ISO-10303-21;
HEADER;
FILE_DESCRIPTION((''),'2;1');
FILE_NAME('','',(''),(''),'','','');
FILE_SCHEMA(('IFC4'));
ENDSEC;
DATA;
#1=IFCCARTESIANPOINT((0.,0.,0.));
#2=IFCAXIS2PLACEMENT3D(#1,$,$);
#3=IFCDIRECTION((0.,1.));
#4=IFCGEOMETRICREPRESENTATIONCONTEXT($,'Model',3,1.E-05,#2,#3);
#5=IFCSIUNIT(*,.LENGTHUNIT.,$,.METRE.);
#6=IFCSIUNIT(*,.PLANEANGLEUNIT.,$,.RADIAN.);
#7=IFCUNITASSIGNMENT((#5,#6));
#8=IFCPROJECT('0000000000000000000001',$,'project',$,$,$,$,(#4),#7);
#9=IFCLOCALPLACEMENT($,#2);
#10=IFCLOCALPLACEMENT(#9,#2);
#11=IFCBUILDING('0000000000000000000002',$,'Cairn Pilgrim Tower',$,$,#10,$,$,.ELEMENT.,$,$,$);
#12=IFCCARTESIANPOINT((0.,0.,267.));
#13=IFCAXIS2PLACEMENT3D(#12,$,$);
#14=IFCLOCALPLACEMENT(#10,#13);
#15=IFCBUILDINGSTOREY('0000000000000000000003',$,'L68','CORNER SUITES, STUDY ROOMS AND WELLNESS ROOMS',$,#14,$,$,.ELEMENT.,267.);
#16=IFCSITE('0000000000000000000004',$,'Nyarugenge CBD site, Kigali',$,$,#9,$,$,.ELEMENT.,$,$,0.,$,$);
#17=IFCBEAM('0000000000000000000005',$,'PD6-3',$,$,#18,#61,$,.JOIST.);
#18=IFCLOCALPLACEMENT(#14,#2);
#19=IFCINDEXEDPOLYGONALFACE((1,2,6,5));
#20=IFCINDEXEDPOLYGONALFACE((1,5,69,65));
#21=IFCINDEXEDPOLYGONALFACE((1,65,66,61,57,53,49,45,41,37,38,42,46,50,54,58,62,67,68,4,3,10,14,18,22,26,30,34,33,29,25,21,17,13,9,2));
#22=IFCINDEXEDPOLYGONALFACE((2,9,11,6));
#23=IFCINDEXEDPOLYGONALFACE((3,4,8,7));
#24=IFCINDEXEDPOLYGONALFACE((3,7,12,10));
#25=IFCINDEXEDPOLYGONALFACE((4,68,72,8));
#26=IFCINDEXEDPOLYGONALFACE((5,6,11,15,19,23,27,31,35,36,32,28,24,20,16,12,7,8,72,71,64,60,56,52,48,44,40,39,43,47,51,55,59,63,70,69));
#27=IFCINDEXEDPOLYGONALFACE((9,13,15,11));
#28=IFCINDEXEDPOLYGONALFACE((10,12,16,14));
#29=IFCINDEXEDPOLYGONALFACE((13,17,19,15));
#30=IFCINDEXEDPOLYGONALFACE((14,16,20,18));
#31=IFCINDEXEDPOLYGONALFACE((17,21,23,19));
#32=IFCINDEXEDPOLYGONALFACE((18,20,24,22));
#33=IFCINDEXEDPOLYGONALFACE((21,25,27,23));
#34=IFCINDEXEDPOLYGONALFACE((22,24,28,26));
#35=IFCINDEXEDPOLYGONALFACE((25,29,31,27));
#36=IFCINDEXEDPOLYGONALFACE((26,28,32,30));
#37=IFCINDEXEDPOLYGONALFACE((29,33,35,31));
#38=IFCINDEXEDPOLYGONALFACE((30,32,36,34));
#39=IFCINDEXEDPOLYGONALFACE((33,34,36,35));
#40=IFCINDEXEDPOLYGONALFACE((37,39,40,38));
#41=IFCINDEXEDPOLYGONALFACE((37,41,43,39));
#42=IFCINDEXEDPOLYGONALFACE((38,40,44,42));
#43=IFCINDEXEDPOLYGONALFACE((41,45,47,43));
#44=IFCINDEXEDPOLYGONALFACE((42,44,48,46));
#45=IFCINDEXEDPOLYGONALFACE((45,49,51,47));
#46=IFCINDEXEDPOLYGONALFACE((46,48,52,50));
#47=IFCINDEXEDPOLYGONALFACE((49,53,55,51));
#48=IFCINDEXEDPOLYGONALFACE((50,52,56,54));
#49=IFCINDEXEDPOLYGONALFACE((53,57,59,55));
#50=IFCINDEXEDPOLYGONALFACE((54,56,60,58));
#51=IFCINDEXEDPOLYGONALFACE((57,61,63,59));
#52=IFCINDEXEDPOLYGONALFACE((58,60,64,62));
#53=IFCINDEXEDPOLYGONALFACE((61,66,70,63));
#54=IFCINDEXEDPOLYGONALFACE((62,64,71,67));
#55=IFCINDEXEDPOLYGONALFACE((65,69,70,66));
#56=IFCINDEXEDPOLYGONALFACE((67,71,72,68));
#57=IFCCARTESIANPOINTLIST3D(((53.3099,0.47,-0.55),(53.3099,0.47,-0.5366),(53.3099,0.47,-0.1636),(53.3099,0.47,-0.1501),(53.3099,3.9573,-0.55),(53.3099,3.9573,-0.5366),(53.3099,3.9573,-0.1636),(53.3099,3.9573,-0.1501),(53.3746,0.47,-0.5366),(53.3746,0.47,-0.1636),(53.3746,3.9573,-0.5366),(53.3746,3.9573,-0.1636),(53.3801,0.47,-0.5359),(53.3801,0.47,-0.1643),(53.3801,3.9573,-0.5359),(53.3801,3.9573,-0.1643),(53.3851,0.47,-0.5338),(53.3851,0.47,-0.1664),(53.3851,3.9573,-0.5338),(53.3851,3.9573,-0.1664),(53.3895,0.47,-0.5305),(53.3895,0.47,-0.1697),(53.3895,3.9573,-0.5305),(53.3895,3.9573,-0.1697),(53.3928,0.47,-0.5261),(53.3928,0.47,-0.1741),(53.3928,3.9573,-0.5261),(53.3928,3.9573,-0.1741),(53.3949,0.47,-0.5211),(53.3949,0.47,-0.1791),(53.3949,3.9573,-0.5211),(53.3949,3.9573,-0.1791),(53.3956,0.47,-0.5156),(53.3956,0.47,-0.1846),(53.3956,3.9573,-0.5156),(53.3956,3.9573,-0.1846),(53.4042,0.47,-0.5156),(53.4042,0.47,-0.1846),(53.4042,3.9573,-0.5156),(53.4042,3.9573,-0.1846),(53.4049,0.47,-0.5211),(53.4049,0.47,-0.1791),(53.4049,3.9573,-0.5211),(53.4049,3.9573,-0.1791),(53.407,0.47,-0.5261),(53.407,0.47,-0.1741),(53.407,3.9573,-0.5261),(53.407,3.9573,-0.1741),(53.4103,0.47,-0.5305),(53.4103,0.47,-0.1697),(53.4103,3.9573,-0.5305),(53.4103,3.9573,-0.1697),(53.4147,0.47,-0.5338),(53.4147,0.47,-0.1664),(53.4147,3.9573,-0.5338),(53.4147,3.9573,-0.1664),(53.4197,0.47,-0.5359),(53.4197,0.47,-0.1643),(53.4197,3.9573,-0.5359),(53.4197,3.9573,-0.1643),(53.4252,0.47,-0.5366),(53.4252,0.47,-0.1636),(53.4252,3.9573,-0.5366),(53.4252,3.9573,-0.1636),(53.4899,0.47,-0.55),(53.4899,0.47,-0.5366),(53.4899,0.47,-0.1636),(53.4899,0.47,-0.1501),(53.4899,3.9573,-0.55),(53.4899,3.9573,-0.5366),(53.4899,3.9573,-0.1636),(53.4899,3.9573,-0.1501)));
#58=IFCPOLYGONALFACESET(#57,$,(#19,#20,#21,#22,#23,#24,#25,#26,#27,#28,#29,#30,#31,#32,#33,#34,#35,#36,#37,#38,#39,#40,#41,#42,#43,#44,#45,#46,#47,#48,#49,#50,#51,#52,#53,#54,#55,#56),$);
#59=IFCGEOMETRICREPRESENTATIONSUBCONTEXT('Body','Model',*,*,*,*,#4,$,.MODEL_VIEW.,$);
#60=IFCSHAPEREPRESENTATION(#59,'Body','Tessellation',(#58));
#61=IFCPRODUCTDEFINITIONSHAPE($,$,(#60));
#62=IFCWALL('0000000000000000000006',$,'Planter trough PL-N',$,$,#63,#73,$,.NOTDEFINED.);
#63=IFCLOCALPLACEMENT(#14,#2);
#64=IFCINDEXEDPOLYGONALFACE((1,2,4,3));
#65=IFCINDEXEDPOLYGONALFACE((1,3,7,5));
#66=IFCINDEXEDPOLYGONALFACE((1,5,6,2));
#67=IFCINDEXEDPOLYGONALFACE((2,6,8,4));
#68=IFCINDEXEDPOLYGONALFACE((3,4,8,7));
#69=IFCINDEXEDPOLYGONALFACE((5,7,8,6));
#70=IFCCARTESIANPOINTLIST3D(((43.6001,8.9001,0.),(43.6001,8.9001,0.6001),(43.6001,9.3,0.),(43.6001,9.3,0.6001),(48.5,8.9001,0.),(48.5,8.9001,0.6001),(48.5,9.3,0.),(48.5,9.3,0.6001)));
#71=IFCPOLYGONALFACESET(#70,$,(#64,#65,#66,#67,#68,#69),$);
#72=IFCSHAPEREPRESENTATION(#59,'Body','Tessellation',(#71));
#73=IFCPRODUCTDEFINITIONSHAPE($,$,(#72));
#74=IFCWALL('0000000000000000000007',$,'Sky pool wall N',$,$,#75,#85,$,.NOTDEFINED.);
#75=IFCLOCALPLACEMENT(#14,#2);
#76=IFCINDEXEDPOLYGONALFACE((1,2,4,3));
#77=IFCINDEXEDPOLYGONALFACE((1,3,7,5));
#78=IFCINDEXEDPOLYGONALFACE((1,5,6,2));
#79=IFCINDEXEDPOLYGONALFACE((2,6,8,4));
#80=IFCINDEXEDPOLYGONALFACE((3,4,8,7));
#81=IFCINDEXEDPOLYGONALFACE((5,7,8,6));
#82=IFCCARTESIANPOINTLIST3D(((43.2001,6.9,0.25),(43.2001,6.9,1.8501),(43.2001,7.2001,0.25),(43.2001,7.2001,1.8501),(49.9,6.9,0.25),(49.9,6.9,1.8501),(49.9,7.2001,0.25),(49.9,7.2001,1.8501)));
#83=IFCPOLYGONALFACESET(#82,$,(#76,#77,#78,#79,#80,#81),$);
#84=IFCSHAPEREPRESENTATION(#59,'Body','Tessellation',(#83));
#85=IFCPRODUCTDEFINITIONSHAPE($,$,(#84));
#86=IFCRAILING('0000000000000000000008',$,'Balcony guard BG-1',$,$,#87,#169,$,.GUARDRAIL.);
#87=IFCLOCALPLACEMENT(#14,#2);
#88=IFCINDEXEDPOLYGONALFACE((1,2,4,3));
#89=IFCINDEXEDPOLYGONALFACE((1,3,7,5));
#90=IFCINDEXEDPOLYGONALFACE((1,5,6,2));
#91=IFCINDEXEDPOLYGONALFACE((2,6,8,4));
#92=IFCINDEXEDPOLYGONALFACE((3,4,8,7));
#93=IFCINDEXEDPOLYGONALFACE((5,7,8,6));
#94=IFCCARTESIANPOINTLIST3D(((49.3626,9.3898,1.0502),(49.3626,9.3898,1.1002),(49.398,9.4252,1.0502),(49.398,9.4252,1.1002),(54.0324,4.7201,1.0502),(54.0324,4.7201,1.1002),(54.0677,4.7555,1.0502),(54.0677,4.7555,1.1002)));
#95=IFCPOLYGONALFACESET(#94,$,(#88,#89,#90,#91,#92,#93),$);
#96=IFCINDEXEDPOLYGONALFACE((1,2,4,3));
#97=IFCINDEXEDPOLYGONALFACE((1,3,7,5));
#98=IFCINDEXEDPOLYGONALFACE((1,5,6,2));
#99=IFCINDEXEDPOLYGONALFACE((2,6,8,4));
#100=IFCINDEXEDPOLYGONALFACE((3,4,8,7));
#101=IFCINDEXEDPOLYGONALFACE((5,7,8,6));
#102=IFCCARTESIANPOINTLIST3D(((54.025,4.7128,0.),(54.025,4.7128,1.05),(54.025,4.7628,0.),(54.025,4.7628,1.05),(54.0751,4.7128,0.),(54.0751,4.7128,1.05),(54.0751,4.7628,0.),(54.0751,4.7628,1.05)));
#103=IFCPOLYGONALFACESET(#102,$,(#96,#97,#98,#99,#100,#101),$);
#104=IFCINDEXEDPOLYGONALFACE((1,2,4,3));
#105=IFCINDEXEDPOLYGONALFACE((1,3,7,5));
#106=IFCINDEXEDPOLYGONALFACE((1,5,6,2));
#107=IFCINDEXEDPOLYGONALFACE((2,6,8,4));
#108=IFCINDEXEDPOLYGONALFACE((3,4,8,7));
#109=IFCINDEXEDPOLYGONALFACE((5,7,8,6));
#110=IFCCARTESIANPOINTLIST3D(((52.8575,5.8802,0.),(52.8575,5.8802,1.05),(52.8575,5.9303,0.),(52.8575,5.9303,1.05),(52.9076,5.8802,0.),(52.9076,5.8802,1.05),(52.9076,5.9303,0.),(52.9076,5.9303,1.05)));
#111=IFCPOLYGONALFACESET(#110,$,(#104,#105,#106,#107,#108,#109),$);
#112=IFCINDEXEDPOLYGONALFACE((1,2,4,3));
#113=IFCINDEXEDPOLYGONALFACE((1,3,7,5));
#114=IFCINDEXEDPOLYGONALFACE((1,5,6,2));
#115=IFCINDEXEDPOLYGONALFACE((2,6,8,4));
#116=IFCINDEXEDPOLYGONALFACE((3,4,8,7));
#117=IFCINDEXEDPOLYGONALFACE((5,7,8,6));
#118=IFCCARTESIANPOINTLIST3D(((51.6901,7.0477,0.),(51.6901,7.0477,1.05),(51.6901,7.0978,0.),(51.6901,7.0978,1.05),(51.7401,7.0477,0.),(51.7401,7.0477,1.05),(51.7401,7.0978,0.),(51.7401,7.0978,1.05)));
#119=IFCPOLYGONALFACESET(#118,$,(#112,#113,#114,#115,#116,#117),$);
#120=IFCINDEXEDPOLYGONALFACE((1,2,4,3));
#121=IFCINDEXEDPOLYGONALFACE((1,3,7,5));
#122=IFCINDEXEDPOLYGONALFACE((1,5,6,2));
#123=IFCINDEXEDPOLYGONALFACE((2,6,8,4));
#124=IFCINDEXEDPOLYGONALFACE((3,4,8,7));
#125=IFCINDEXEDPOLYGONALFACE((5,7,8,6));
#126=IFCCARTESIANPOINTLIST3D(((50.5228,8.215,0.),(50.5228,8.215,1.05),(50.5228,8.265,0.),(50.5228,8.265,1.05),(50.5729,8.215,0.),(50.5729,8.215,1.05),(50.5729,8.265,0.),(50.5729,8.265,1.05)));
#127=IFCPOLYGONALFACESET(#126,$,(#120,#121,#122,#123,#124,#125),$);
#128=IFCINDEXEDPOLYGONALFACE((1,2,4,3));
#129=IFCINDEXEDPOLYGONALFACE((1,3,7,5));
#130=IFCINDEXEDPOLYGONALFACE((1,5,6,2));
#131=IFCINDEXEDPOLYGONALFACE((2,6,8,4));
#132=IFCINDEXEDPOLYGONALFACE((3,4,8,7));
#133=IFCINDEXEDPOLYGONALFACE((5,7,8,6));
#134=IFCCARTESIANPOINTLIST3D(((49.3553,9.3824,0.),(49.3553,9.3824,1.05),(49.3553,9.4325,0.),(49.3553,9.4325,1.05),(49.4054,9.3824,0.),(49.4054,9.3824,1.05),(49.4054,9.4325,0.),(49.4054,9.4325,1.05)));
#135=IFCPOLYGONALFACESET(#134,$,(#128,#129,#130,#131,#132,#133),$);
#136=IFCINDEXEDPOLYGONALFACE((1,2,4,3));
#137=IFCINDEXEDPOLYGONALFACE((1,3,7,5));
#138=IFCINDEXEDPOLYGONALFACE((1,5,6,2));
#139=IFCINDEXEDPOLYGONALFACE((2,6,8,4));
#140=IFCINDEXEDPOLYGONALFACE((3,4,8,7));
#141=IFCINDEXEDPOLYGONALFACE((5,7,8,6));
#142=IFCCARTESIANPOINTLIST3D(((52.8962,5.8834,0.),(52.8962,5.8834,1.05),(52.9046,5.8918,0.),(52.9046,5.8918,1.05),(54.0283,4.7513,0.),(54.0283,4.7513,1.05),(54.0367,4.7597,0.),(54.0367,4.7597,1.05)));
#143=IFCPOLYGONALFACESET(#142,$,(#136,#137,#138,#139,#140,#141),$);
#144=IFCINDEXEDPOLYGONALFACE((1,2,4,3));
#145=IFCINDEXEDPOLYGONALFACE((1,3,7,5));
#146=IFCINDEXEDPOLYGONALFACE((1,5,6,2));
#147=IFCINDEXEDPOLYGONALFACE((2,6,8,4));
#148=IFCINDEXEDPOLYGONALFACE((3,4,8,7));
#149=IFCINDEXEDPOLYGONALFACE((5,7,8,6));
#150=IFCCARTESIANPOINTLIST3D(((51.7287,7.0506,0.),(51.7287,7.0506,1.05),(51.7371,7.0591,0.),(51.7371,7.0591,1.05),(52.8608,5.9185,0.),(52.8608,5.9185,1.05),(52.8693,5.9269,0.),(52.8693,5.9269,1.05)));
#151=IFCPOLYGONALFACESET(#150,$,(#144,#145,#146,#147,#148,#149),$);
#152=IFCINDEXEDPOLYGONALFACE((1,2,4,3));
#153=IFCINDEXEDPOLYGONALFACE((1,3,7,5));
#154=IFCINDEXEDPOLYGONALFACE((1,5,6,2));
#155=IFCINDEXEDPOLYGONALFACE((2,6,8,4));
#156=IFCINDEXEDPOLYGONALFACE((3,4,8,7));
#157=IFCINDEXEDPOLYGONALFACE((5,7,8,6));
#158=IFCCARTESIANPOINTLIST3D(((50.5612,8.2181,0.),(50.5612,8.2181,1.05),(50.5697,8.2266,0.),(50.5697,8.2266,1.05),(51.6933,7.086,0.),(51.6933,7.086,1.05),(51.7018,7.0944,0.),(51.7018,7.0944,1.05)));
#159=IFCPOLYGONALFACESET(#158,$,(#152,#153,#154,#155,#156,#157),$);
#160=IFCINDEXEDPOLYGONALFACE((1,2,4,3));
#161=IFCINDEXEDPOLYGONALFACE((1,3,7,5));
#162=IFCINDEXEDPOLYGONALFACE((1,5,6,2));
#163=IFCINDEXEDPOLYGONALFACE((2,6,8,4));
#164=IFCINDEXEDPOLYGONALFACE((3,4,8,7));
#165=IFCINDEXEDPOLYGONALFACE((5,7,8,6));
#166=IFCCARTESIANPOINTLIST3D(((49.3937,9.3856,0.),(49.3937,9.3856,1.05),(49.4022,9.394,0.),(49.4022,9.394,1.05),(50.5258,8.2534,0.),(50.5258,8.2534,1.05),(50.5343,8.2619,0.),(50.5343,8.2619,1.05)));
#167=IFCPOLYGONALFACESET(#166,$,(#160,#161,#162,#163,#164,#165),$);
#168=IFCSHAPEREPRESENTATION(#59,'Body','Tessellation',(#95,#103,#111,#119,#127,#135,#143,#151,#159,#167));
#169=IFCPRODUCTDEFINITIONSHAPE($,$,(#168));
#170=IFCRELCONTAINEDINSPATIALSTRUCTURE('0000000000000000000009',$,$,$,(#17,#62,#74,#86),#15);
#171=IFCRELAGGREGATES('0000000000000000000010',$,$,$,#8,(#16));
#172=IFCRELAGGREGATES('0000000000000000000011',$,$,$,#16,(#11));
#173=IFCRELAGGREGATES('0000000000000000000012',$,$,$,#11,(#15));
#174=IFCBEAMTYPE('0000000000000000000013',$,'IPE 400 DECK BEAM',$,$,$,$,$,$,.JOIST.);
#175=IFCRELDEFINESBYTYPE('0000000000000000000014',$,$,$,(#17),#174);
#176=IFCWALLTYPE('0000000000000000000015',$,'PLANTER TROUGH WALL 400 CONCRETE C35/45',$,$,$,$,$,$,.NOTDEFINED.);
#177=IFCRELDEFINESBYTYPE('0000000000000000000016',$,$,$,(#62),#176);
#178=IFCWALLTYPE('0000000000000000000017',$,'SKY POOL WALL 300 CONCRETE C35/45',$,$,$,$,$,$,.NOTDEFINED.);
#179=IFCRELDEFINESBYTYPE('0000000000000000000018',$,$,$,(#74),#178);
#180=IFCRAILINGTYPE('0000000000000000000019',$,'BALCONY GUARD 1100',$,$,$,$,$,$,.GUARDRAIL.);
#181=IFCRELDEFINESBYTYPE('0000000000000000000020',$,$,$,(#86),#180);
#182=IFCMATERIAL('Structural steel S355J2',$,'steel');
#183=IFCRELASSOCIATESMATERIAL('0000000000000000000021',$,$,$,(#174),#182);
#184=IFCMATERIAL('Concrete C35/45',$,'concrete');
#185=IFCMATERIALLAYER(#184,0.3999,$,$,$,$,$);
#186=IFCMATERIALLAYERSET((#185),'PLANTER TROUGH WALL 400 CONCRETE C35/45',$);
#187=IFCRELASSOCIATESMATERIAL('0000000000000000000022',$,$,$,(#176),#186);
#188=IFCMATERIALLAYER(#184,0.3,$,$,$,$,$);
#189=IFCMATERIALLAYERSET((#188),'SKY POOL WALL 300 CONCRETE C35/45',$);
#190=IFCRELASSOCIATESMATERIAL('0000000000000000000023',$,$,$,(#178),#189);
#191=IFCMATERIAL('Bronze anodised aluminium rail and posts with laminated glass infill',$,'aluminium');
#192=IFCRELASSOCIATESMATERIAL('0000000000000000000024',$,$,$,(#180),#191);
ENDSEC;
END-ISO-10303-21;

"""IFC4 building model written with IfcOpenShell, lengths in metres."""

from ifc_helpers import new_model, si_unit, direction, frame, frame_2d, origin, origin_2d, place, context, subcontext, project, spatial, polyline, rectangle, i_section, outline, extrude, material, layer, layer_set, material_profile, profile_set, type_object, element, save


model = new_model("IFC4")

# Units and contexts
model_context = context("Model", 3, precision=1e-05, world=origin(), true_north=direction((0.0, 1.0)))
body_context = subcontext(model_context, "Body", "Model", "MODEL_VIEW")
ifc_project = project(units=[si_unit("LENGTHUNIT", "METRE"), si_unit("PLANEANGLEUNIT", "RADIAN")], contexts=[model_context])

# Site, building, storey
site_placement = place(None, origin())
site = spatial("IfcSite", under=ifc_project, at=site_placement, Name="Nyarugenge CBD site, Kigali", CompositionType="ELEMENT", RefElevation=0.0)
building_placement = place(site_placement, origin())
building = spatial("IfcBuilding", under=site, at=building_placement, Name="Cairn Pilgrim Tower", CompositionType="ELEMENT")
storey_placement = place(building_placement, frame((0.0, 0.0, 267.0)))
storey = spatial("IfcBuildingStorey", under=building, at=storey_placement, Name="L68", Description="CORNER SUITES, STUDY ROOMS AND WELLNESS ROOMS", CompositionType="ELEMENT", Elevation=267.0)

# Shared definitions
ifc_material_1 = material(Name="Structural steel S355J2", Category="steel")

# Beam
ifc_material_profile_1 = material_profile(ifc_material_1, i_section(OverallWidth=0.1799, OverallDepth=0.3999, WebThickness=0.0085, FlangeThickness=0.0134, FilletRadius=0.021, at=origin_2d()), Name="IPE 400")
ifc_profile_set_1 = profile_set([ifc_material_profile_1], Name="Structural steel S355J2")
beam_type = type_object("IfcBeamType", Name="IPE 400 DECK BEAM", PredefinedType="JOIST", material=ifc_profile_set_1)
beam_1_placement = place(storey_placement, frame((53.3999, 0.47, -0.3501), z_axis=(0.0, 1.0, 0.0), x_axis=(-1.0, 0.0, 0.0)))
element("IfcBeam", 1, at=beam_1_placement, inside=storey, type_object=beam_type, Name="PD6-3", PredefinedType="JOIST", context=body_context, shape_type="SweptSolid", body=[
    extrude(i_section(OverallWidth=0.1799, OverallDepth=0.3999, WebThickness=0.0085, FlangeThickness=0.0134, FilletRadius=0.021, at=origin_2d()), origin(), (0.0, 0.0, 1.0), 3.4873),
])

# Walls
ifc_material_2 = material(Name="Concrete C35/45", Category="concrete")
ifc_layer_1 = layer(ifc_material_2, 0.3999)
ifc_layer_set_1 = layer_set([ifc_layer_1], Name="PLANTER TROUGH WALL 400 CONCRETE C35/45")
wall_type_1 = type_object("IfcWallType", Name="PLANTER TROUGH WALL 400 CONCRETE C35/45", PredefinedType="NOTDEFINED", material=ifc_layer_set_1)
wall_1_placement = place(storey_placement, frame((43.6001, 9.1001, 0.0), z_axis=(0.0, 0.0, 1.0), x_axis=(1.0, 0.0, 0.0)))
element("IfcWall", 2, at=wall_1_placement, inside=storey, type_object=wall_type_1, Name="Planter trough PL-N", PredefinedType="NOTDEFINED", context=body_context, shape_type="SweptSolid", body=[
    extrude(rectangle(XDim=4.8999, YDim=0.3999, at=frame_2d((2.45, 0.0))), origin(), (0.0, 0.0, 1.0), 0.6001),
])
ifc_layer_2 = layer(ifc_material_2, 0.3)
ifc_layer_set_2 = layer_set([ifc_layer_2], Name="SKY POOL WALL 300 CONCRETE C35/45")
wall_type_2 = type_object("IfcWallType", Name="SKY POOL WALL 300 CONCRETE C35/45", PredefinedType="NOTDEFINED", material=ifc_layer_set_2)
wall_2_placement = place(storey_placement, frame((43.2, 7.05, 0.25), z_axis=(0.0, 0.0, 1.0), x_axis=(1.0, 0.0, 0.0)))
element("IfcWall", 3, at=wall_2_placement, inside=storey, type_object=wall_type_2, Name="Sky pool wall N", PredefinedType="NOTDEFINED", context=body_context, shape_type="SweptSolid", body=[
    extrude(rectangle(XDim=6.7, YDim=0.3, at=frame_2d((3.3501, 0.0))), origin(), (0.0, 0.0, 1.0), 1.6001),
])

# Railing
ifc_material_3 = material(Name="Bronze anodised aluminium rail and posts with laminated glass infill", Category="aluminium")
railing_type = type_object("IfcRailingType", Name="BALCONY GUARD 1100", PredefinedType="GUARDRAIL", material=ifc_material_3)
railing_1_placement = place(storey_placement, frame((54.05, 4.7378, 0.0)))
element("IfcRailing", 4, at=railing_1_placement, inside=storey, type_object=railing_type, Name="Balcony guard BG-1", PredefinedType="GUARDRAIL", context=body_context, shape_type="SweptSolid", body=[
    extrude(rectangle(XDim=0.05, YDim=0.05, at=origin_2d()), frame((0.0, 0.0, 1.0752), z_axis=(-0.707107, 0.707107, 0.0), x_axis=(-0.707107, -0.707107, 0.0)), (0.0, 0.0, 1.0), 6.604),
    extrude(rectangle(XDim=0.05, YDim=0.05, at=origin_2d()), origin(), (0.0, 0.0, 1.0), 1.05),
    extrude(rectangle(XDim=0.05, YDim=0.05, at=origin_2d()), frame((-1.1675, 1.1675, 0.0)), (0.0, 0.0, 1.0), 1.05),
    extrude(rectangle(XDim=0.05, YDim=0.05, at=origin_2d()), frame((-2.335, 2.335, 0.0)), (0.0, 0.0, 1.0), 1.05),
    extrude(rectangle(XDim=0.05, YDim=0.05, at=origin_2d()), frame((-3.5022, 3.5022, 0.0)), (0.0, 0.0, 1.0), 1.05),
    extrude(rectangle(XDim=0.05, YDim=0.05, at=origin_2d()), frame((-4.6697, 4.6697, 0.0)), (0.0, 0.0, 1.0), 1.05),
    extrude(outline(polyline([(0.0249, 0.0), (1.626, 0.0), (1.626, 1.05), (0.0249, 1.05), (0.0249, 0.0)])), frame((-0.0042, -0.0042, 0.0), z_axis=(0.707107, 0.707107, 0.0), x_axis=(-0.707107, 0.707107, 0.0)), (0.0, 0.0, 1.0), 0.012),
    extrude(outline(polyline([(0.0249, 0.0), (1.626, 0.0), (1.626, 1.05), (0.0249, 1.05), (0.0249, 0.0)])), frame((-1.1716, 1.1631, 0.0), z_axis=(0.707107, 0.707107, 0.0), x_axis=(-0.707107, 0.707107, 0.0)), (0.0, 0.0, 1.0), 0.012),
    extrude(outline(polyline([(0.0249, 0.0), (1.626, 0.0), (1.626, 1.05), (0.0249, 1.05), (0.0249, 0.0)])), frame((-2.3391, 2.3306, 0.0), z_axis=(0.707107, 0.707107, 0.0), x_axis=(-0.707107, 0.707107, 0.0)), (0.0, 0.0, 1.0), 0.012),
    extrude(outline(polyline([(0.0249, 0.0), (1.626, 0.0), (1.626, 1.05), (0.0249, 1.05), (0.0249, 0.0)])), frame((-3.5066, 3.498, 0.0), z_axis=(0.707107, 0.707107, 0.0), x_axis=(-0.707107, 0.707107, 0.0)), (0.0, 0.0, 1.0), 0.012),
])

save(model, "model.ifc")
